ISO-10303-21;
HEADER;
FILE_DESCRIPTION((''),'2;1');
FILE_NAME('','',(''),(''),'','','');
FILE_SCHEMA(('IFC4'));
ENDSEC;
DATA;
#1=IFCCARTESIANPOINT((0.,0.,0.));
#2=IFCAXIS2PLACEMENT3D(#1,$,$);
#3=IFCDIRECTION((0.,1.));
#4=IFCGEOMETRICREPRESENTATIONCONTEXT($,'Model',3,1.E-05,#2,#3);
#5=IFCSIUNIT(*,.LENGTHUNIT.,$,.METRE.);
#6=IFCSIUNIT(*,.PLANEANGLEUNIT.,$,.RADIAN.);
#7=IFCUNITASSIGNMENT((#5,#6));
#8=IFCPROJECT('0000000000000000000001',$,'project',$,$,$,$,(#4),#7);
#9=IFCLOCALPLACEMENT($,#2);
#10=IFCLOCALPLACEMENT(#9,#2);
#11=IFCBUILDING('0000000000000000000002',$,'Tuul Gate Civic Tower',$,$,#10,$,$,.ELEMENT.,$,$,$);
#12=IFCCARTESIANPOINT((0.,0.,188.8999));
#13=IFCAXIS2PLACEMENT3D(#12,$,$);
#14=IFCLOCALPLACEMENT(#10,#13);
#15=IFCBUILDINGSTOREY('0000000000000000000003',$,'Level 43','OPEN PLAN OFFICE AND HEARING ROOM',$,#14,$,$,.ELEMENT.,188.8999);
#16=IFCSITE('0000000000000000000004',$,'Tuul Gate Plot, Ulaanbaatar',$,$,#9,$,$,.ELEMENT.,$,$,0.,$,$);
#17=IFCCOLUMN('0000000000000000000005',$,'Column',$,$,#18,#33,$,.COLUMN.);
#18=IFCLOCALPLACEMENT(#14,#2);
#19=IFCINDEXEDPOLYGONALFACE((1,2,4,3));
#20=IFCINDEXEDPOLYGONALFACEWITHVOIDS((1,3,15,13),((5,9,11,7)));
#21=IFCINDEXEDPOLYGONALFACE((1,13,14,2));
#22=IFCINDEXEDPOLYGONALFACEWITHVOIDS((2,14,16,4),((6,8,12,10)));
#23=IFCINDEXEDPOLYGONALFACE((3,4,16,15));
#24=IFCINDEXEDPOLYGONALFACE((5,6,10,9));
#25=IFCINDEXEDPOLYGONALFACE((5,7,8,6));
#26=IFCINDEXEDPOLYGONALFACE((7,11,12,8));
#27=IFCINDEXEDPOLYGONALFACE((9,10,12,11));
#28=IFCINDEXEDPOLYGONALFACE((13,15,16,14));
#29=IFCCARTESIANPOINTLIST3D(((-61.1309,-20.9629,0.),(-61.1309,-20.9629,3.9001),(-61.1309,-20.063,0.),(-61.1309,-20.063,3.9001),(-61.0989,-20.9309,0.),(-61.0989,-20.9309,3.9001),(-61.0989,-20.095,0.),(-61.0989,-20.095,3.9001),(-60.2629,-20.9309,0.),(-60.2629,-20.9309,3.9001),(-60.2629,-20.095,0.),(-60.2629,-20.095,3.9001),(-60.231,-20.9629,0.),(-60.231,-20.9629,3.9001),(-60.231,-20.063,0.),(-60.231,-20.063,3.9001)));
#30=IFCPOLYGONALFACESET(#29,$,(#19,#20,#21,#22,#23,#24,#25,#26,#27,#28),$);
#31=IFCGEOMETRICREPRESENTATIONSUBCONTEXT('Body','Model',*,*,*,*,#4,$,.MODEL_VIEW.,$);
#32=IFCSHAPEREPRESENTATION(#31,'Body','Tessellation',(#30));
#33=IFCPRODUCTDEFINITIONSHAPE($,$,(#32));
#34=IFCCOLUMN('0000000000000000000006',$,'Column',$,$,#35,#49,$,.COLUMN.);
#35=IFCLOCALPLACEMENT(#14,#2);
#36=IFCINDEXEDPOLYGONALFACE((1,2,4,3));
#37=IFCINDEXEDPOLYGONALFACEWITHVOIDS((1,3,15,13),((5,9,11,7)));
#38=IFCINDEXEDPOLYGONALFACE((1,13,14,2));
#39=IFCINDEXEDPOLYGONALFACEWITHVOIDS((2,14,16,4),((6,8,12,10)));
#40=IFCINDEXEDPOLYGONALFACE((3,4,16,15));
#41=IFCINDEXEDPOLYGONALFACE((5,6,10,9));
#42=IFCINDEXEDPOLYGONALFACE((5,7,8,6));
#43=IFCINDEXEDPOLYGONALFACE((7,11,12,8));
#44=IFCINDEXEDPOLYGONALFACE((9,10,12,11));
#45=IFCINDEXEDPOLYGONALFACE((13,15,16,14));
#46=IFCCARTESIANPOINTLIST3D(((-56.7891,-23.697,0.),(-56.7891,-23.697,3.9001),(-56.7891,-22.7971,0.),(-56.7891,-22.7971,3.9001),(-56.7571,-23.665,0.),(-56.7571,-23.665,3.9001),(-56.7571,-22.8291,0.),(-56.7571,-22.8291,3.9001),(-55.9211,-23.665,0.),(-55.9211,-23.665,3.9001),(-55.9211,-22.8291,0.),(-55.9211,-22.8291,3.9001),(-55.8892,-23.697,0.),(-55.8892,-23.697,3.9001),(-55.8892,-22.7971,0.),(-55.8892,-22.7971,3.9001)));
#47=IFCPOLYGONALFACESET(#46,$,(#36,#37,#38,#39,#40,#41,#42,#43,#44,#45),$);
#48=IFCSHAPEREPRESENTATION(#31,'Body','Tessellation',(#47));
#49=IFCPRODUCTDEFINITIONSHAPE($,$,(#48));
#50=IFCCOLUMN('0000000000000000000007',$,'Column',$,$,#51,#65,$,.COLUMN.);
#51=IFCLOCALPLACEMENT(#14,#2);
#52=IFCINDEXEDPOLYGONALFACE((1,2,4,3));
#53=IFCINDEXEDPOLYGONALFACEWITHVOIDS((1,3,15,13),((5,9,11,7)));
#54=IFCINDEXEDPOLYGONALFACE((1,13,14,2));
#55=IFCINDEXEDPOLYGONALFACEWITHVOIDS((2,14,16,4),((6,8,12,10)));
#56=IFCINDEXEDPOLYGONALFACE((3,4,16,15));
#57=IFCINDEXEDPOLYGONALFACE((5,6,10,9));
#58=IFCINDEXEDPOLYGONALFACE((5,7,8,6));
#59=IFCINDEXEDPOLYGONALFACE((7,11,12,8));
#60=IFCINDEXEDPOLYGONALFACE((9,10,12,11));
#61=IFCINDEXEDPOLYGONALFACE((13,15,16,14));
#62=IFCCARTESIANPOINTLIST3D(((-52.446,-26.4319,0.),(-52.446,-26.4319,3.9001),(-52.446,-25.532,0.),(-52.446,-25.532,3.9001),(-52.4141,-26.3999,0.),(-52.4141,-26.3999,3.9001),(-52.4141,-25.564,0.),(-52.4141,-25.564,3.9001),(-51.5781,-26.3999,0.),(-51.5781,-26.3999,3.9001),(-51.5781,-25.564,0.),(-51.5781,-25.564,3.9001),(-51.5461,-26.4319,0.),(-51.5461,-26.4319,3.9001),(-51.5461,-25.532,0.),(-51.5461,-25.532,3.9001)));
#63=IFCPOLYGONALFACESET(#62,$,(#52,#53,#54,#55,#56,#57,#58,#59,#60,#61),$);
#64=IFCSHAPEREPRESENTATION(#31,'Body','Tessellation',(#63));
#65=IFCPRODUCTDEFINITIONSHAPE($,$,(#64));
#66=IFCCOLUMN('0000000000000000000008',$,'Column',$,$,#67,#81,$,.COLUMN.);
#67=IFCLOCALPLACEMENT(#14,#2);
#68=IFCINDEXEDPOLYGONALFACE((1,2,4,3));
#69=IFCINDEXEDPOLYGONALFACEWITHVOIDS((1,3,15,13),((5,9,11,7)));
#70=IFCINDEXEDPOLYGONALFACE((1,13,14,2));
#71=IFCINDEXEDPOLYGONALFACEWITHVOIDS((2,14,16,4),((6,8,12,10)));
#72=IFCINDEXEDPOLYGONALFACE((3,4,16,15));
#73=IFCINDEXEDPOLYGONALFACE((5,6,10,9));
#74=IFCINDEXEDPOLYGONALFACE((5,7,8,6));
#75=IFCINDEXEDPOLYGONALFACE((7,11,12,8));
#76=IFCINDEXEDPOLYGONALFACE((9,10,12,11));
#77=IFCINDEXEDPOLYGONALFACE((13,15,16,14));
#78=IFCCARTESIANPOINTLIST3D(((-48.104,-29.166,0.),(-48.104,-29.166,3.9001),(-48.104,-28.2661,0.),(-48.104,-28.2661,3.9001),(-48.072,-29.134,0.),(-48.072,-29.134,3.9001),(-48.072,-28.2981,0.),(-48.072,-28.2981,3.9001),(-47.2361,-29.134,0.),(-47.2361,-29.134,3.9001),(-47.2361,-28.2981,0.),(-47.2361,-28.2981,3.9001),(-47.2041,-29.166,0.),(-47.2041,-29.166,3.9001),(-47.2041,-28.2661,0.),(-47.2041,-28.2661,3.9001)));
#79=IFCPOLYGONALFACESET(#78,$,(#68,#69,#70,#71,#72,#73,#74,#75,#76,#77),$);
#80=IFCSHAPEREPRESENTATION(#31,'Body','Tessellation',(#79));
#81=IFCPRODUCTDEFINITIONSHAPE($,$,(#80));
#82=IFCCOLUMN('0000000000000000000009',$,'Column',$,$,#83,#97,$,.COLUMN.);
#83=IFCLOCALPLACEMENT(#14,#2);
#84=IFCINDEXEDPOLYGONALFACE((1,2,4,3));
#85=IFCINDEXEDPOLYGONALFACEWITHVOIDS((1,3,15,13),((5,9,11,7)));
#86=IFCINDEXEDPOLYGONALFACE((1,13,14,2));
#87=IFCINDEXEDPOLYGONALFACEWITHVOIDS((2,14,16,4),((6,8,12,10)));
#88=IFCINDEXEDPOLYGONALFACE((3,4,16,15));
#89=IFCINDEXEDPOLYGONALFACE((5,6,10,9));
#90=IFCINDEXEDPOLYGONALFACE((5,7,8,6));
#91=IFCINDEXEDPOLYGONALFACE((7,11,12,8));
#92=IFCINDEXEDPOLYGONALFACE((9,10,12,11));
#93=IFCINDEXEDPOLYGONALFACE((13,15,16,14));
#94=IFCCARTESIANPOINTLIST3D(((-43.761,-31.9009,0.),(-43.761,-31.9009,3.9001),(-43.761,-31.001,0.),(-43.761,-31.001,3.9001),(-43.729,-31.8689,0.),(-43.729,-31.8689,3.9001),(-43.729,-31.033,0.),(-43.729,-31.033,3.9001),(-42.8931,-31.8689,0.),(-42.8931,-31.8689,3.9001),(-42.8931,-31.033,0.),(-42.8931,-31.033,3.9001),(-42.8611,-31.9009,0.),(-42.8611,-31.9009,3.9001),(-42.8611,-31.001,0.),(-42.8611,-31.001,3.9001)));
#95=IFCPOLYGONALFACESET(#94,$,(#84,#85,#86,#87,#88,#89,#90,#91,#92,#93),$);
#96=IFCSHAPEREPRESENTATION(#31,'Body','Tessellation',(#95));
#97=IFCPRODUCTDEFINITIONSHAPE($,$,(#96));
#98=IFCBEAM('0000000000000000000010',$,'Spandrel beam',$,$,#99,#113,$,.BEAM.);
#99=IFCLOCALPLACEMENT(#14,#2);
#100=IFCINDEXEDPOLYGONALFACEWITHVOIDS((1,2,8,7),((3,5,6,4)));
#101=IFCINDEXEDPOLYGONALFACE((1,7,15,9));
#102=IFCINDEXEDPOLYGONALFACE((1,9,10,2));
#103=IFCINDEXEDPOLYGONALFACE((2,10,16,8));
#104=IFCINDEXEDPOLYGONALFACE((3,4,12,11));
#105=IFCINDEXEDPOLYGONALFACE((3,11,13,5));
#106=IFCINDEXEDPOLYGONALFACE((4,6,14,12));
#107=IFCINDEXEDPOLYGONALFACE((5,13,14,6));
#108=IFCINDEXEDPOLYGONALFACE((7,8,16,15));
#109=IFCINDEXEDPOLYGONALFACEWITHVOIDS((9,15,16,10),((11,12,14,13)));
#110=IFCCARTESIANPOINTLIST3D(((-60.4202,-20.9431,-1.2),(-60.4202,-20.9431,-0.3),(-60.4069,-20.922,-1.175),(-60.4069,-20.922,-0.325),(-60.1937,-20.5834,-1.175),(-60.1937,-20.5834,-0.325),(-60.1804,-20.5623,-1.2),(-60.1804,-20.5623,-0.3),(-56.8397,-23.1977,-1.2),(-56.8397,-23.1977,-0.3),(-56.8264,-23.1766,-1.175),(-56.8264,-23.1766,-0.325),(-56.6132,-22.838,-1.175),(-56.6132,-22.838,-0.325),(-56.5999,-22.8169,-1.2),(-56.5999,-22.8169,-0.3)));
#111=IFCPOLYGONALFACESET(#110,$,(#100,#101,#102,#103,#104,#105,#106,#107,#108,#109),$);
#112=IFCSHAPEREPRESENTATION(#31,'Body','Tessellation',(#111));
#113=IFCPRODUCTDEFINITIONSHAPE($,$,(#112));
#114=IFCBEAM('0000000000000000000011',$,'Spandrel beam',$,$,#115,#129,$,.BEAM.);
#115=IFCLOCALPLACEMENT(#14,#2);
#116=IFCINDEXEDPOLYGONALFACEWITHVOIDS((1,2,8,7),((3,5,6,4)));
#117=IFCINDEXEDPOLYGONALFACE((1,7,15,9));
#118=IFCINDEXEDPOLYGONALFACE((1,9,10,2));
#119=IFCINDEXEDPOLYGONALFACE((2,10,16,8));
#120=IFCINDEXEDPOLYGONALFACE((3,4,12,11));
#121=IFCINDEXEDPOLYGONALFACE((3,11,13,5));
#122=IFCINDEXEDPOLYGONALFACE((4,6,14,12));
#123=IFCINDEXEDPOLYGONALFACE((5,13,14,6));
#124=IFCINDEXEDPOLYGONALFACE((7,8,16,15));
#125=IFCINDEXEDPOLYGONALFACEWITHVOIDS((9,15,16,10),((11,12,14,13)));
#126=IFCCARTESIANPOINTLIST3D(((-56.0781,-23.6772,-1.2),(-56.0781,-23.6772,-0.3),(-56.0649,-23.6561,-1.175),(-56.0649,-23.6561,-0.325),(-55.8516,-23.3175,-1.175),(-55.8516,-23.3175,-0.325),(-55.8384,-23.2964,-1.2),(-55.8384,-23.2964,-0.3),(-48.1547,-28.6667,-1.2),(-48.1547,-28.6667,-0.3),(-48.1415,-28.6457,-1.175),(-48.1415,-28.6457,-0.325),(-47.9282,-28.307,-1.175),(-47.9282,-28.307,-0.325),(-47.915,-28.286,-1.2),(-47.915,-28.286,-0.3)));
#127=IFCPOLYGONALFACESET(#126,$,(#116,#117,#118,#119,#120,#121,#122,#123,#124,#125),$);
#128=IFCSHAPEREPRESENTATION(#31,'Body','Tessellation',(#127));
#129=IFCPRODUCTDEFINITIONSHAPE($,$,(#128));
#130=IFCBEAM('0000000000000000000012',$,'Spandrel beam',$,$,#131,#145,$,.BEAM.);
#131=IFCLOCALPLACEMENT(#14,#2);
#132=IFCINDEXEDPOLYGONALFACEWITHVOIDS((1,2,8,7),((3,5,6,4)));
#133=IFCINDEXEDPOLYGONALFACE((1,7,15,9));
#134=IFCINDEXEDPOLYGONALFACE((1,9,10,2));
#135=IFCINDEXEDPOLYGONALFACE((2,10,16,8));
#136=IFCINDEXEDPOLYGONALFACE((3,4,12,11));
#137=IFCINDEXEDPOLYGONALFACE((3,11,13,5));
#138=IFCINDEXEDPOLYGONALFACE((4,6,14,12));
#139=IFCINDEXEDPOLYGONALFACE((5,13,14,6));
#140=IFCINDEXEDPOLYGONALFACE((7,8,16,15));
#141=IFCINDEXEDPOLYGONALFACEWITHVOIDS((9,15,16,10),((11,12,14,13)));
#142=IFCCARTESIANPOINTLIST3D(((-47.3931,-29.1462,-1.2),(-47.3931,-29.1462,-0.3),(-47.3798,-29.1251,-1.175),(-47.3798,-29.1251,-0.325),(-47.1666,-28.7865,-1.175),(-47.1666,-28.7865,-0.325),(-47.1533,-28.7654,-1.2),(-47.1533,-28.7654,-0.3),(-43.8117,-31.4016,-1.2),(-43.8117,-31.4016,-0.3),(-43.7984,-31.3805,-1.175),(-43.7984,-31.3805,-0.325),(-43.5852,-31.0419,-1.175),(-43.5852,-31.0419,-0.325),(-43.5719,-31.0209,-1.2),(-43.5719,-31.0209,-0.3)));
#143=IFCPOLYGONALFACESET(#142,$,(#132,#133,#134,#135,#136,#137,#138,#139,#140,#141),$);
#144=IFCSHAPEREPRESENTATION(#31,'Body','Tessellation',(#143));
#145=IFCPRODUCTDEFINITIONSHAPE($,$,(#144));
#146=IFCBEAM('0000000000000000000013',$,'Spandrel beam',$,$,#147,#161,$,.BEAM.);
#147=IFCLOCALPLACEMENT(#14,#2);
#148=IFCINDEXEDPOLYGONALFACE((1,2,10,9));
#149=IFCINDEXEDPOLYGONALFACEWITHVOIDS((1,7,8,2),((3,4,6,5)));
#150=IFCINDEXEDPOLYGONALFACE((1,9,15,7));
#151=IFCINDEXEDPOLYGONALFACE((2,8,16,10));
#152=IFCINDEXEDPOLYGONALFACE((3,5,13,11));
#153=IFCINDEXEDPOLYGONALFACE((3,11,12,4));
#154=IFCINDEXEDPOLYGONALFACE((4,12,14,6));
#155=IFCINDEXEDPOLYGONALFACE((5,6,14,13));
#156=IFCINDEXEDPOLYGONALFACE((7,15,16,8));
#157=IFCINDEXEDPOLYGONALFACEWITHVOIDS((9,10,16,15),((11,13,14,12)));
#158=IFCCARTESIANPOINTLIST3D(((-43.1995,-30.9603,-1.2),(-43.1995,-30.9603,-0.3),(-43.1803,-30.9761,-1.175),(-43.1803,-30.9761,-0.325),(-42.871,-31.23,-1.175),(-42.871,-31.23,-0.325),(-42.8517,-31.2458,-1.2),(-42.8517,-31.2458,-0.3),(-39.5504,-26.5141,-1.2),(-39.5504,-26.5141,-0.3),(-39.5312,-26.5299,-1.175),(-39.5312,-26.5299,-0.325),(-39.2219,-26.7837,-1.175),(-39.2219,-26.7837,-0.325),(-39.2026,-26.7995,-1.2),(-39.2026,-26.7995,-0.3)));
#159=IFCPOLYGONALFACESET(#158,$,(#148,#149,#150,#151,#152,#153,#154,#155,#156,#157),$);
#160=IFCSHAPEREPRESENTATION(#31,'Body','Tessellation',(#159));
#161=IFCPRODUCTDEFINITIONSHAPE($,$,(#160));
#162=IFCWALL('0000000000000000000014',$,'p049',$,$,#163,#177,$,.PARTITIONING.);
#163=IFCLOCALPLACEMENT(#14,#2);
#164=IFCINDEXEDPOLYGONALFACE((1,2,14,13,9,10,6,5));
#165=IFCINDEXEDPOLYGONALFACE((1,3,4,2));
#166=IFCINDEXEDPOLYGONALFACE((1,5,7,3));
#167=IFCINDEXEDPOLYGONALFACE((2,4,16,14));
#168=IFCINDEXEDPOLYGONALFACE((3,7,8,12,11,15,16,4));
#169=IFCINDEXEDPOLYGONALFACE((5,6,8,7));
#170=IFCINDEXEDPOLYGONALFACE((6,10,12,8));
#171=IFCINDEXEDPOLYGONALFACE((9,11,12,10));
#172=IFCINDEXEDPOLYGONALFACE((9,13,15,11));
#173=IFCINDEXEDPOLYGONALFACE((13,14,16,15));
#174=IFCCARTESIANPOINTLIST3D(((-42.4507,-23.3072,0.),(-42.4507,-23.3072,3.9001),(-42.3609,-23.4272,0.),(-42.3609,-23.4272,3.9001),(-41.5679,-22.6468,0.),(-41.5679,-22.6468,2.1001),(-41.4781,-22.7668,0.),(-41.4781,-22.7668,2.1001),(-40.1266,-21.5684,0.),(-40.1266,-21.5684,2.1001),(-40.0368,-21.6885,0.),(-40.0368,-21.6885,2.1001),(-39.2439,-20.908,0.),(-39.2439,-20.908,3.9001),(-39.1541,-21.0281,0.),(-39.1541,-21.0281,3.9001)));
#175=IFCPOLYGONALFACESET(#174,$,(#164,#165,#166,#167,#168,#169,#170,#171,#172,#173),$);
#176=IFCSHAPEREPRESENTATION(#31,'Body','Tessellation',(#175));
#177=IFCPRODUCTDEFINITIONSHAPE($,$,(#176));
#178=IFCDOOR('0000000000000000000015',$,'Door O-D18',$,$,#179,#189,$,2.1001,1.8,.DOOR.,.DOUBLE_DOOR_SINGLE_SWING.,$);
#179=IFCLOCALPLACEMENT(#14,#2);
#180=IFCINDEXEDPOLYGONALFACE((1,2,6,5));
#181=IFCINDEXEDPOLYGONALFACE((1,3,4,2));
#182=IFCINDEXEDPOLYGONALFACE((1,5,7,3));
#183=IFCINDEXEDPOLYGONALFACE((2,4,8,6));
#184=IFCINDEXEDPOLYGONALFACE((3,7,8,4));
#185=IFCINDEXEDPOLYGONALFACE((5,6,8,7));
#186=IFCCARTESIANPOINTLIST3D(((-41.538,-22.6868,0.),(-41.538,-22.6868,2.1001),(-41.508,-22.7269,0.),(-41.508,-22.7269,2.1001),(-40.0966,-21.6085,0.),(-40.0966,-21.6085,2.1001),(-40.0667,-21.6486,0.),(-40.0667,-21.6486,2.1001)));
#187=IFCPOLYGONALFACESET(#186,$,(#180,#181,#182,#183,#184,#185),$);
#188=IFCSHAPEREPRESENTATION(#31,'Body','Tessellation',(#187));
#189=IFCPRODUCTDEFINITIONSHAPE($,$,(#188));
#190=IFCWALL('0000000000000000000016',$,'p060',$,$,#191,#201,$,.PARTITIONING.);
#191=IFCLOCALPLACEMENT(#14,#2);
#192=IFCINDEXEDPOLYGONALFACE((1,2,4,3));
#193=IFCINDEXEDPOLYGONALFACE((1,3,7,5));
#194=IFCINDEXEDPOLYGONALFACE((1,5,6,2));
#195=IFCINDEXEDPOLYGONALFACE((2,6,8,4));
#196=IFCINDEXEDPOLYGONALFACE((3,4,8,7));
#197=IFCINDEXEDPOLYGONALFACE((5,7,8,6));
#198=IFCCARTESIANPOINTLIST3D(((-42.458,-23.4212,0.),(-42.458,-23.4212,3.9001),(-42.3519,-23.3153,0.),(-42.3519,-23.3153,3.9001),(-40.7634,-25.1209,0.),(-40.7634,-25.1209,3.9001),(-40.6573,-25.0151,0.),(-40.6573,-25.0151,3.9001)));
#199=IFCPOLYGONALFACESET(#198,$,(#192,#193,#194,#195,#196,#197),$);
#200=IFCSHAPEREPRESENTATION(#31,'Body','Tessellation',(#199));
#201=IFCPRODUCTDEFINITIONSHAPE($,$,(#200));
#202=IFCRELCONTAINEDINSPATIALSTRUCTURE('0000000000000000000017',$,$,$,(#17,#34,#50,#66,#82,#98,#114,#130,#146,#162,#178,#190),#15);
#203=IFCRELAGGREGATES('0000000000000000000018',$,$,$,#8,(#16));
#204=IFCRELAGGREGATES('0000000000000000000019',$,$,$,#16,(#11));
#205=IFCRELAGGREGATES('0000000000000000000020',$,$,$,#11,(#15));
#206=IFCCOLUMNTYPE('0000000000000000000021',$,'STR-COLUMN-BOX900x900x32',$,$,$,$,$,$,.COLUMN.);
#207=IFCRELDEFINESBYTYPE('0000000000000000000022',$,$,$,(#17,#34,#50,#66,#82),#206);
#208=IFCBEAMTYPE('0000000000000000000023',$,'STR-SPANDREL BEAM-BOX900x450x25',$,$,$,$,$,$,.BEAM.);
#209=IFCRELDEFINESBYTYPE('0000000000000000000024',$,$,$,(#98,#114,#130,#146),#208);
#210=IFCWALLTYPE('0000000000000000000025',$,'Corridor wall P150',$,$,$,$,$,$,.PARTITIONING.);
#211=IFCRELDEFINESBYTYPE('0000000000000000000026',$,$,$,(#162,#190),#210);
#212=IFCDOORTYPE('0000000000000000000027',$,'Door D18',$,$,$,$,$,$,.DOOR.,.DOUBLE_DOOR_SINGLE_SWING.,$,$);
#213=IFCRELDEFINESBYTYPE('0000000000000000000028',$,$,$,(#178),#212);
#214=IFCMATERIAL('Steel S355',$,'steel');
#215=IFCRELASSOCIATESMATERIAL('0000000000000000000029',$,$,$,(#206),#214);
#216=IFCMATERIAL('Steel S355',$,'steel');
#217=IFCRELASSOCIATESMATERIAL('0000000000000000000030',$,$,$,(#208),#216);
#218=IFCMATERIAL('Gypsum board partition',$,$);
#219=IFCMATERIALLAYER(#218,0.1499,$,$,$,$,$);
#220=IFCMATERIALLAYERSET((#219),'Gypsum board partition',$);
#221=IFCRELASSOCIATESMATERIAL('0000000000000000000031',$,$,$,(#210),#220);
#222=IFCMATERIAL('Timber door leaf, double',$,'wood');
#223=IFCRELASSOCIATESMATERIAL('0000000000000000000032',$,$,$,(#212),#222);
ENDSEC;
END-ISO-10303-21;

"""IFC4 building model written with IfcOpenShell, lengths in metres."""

from ifc_helpers import new_model, si_unit, direction, frame, frame_2d, origin, origin_2d, place, context, subcontext, project, spatial, rectangle, hollow_rectangle, extrude, material, layer, layer_set, material_profile, profile_set, type_object, element, fill, save


model = new_model("IFC4")

# Units and contexts
model_context = context("Model", 3, precision=1e-05, world=origin(), true_north=direction((0.0, 1.0)))
body_context = subcontext(model_context, "Body", "Model", "MODEL_VIEW")
ifc_project = project(units=[si_unit("LENGTHUNIT", "METRE"), si_unit("PLANEANGLEUNIT", "RADIAN")], contexts=[model_context])

# Site, building, storey
site_placement = place(None, origin())
site = spatial("IfcSite", under=ifc_project, at=site_placement, Name="Tuul Gate Plot, Ulaanbaatar", CompositionType="ELEMENT", RefElevation=0.0)
building_placement = place(site_placement, origin())
building = spatial("IfcBuilding", under=site, at=building_placement, Name="Tuul Gate Civic Tower", CompositionType="ELEMENT")
storey_placement = place(building_placement, frame((0.0, 0.0, 188.8999)))
storey = spatial("IfcBuildingStorey", under=building, at=storey_placement, Name="Level 43", Description="OPEN PLAN OFFICE AND HEARING ROOM", CompositionType="ELEMENT", Elevation=188.8999)

# Columns
ifc_material_1 = material(Name="Steel S355", Category="steel")
ifc_material_profile_1 = material_profile(ifc_material_1, hollow_rectangle(XDim=0.8999, YDim=0.8999, WallThickness=0.032, at=origin_2d()), Name="BOX900x900x32")
ifc_profile_set_1 = profile_set([ifc_material_profile_1], Name="Steel S355")
column_type = type_object("IfcColumnType", Name="STR-COLUMN-BOX900x900x32", PredefinedType="COLUMN", material=ifc_profile_set_1)
for number, where, z_axis, x_axis, name in (
    (1, (-60.6809, -20.5129, 0.0), (0.0, 0.0, 1.0), (1.0, 0.0, 0.0), "Column"),
    (2, (-56.3391, -23.2471, 0.0), (0.0, 0.0, 1.0), (1.0, 0.0, 0.0), "Column"),
    (3, (-51.9961, -25.9819, 0.0), (0.0, 0.0, 1.0), (1.0, 0.0, 0.0), "Column"),
    (4, (-47.6541, -28.7161, 0.0), (0.0, 0.0, 1.0), (1.0, 0.0, 0.0), "Column"),
    (5, (-43.311, -31.4509, 0.0), (0.0, 0.0, 1.0), (1.0, 0.0, 0.0), "Column"),
):
    element("IfcColumn", number, at=place(storey_placement, frame(where, z_axis=z_axis, x_axis=x_axis)), inside=storey, type_object=column_type, Name=name, PredefinedType="COLUMN", context=body_context, shape_type="SweptSolid", body=[
        extrude(hollow_rectangle(XDim=0.8999, YDim=0.8999, WallThickness=0.032, at=origin_2d()), origin(), (0.0, 0.0, 1.0), 3.9001),
    ])

# Beams
ifc_material_2 = material(Name="Steel S355", Category="steel")
ifc_material_profile_2 = material_profile(ifc_material_2, hollow_rectangle(XDim=0.45, YDim=0.8999, WallThickness=0.0249, at=origin_2d()), Name="BOX900x450x25")
ifc_profile_set_2 = profile_set([ifc_material_profile_2], Name="Steel S355")
beam_type = type_object("IfcBeamType", Name="STR-SPANDREL BEAM-BOX900x450x25", PredefinedType="BEAM", material=ifc_profile_set_2)
beam_1_placement = place(storey_placement, frame((-60.3003, -20.7527, -0.75), z_axis=(0.846211, -0.532848, 0.0), x_axis=(0.532848, 0.846211, 0.0)))
element("IfcBeam", 6, at=beam_1_placement, inside=storey, type_object=beam_type, Name="Spandrel beam", PredefinedType="BEAM", context=body_context, shape_type="SweptSolid", body=[
    extrude(hollow_rectangle(XDim=0.45, YDim=0.8999, WallThickness=0.0249, at=origin_2d()), origin(), (0.0, 0.0, 1.0), 4.2312),
])
beam_2_placement = place(storey_placement, frame((-55.9583, -23.4868, -0.75), z_axis=(0.846198, -0.532869, 0.0), x_axis=(0.532869, 0.846198, 0.0)))
element("IfcBeam", 7, at=beam_2_placement, inside=storey, type_object=beam_type, Name="Spandrel beam", PredefinedType="BEAM", context=body_context, shape_type="SweptSolid", body=[
    extrude(hollow_rectangle(XDim=0.45, YDim=0.8999, WallThickness=0.0249, at=origin_2d()), origin(), (0.0, 0.0, 1.0), 9.3635),
])
beam_3_placement = place(storey_placement, frame((-47.2732, -28.9558, -0.75), z_axis=(0.846182, -0.532894, 0.0), x_axis=(0.532894, 0.846182, 0.0)))
element("IfcBeam", 8, at=beam_3_placement, inside=storey, type_object=beam_type, Name="Spandrel beam", PredefinedType="BEAM", context=body_context, shape_type="SweptSolid", body=[
    extrude(hollow_rectangle(XDim=0.45, YDim=0.8999, WallThickness=0.0249, at=origin_2d()), origin(), (0.0, 0.0, 1.0), 4.2324),
])
beam_4_placement = place(storey_placement, frame((-43.0256, -31.103, -0.75), z_axis=(0.634414, 0.772994, 0.0), x_axis=(-0.772994, 0.634414, 0.0)))
element("IfcBeam", 9, at=beam_4_placement, inside=storey, type_object=beam_type, Name="Spandrel beam", PredefinedType="BEAM", context=body_context, shape_type="SweptSolid", body=[
    extrude(hollow_rectangle(XDim=0.45, YDim=0.8999, WallThickness=0.0249, at=origin_2d()), origin(), (0.0, 0.0, 1.0), 5.752),
])

# Wall, opening, door
ifc_material_3 = material(Name="Gypsum board partition")
ifc_layer_1 = layer(ifc_material_3, 0.1499)
ifc_layer_set_1 = layer_set([ifc_layer_1], Name="Gypsum board partition")
wall_type_1 = type_object("IfcWallType", Name="Corridor wall P150", PredefinedType="PARTITIONING", material=ifc_layer_set_1)
wall_1_placement = place(storey_placement, frame((-42.4058, -23.3672, 0.0), z_axis=(0.0, 0.0, 1.0), x_axis=(0.800709, 0.599053, 0.0)))
wall_1 = element("IfcWall", 10, at=wall_1_placement, inside=storey, type_object=wall_type_1, Name="p049", PredefinedType="PARTITIONING", context=body_context, shape_type="SweptSolid", body=[
    extrude(rectangle(XDim=4.0049, YDim=0.1499, at=frame_2d((2.0024, 0.0))), origin(), (0.0, 0.0, 1.0), 3.9001),
])
opening_1_placement = place(wall_1_placement, frame((1.1025, 0.0, 0.0)))
opening_1 = element("IfcOpeningElement", 11, at=opening_1_placement, cuts=wall_1, PredefinedType="OPENING", context=body_context, shape_type="SweptSolid", body=[
    extrude(rectangle(XDim=1.8, YDim=2.1001, at=frame_2d((0.8999, 1.05))), frame((0.0, 0.085, 0.0), z_axis=(0.0, -1.0, 0.0), x_axis=(1.0, 0.0, 0.0)), (0.0, 0.0, 1.0), 0.1699),
])
ifc_material_4 = material(Name="Timber door leaf, double", Category="wood")
door_type = type_object("IfcDoorType", Name="Door D18", OperationType="DOUBLE_DOOR_SINGLE_SWING", PredefinedType="DOOR", material=ifc_material_4)
door_placement = place(opening_1_placement, origin())
door = element("IfcDoor", 12, at=door_placement, inside=storey, type_object=door_type, Name="Door O-D18", OperationType="DOUBLE_DOOR_SINGLE_SWING", OverallHeight=2.1001, OverallWidth=1.8, PredefinedType="DOOR", context=body_context, shape_type="SweptSolid", body=[
    extrude(rectangle(XDim=1.8, YDim=2.1001, at=frame_2d((0.8999, 1.05))), frame((0.0, 0.0249, 0.0), z_axis=(0.0, -1.0, 0.0), x_axis=(1.0, 0.0, 0.0)), (0.0, 0.0, 1.0), 0.05),
])
fill(opening_1, door)

# Wall
wall_2_placement = place(storey_placement, frame((-42.405, -23.3682, 0.0), z_axis=(0.0, 0.0, 1.0), x_axis=(0.706038, -0.708174, 0.0)))
element("IfcWall", 13, at=wall_2_placement, inside=storey, type_object=wall_type_1, Name="p060", PredefinedType="PARTITIONING", context=body_context, shape_type="SweptSolid", body=[
    extrude(rectangle(XDim=2.4001, YDim=0.1499, at=frame_2d((1.2002, 0.0))), origin(), (0.0, 0.0, 1.0), 3.9001),
])

save(model, "model.ifc")
